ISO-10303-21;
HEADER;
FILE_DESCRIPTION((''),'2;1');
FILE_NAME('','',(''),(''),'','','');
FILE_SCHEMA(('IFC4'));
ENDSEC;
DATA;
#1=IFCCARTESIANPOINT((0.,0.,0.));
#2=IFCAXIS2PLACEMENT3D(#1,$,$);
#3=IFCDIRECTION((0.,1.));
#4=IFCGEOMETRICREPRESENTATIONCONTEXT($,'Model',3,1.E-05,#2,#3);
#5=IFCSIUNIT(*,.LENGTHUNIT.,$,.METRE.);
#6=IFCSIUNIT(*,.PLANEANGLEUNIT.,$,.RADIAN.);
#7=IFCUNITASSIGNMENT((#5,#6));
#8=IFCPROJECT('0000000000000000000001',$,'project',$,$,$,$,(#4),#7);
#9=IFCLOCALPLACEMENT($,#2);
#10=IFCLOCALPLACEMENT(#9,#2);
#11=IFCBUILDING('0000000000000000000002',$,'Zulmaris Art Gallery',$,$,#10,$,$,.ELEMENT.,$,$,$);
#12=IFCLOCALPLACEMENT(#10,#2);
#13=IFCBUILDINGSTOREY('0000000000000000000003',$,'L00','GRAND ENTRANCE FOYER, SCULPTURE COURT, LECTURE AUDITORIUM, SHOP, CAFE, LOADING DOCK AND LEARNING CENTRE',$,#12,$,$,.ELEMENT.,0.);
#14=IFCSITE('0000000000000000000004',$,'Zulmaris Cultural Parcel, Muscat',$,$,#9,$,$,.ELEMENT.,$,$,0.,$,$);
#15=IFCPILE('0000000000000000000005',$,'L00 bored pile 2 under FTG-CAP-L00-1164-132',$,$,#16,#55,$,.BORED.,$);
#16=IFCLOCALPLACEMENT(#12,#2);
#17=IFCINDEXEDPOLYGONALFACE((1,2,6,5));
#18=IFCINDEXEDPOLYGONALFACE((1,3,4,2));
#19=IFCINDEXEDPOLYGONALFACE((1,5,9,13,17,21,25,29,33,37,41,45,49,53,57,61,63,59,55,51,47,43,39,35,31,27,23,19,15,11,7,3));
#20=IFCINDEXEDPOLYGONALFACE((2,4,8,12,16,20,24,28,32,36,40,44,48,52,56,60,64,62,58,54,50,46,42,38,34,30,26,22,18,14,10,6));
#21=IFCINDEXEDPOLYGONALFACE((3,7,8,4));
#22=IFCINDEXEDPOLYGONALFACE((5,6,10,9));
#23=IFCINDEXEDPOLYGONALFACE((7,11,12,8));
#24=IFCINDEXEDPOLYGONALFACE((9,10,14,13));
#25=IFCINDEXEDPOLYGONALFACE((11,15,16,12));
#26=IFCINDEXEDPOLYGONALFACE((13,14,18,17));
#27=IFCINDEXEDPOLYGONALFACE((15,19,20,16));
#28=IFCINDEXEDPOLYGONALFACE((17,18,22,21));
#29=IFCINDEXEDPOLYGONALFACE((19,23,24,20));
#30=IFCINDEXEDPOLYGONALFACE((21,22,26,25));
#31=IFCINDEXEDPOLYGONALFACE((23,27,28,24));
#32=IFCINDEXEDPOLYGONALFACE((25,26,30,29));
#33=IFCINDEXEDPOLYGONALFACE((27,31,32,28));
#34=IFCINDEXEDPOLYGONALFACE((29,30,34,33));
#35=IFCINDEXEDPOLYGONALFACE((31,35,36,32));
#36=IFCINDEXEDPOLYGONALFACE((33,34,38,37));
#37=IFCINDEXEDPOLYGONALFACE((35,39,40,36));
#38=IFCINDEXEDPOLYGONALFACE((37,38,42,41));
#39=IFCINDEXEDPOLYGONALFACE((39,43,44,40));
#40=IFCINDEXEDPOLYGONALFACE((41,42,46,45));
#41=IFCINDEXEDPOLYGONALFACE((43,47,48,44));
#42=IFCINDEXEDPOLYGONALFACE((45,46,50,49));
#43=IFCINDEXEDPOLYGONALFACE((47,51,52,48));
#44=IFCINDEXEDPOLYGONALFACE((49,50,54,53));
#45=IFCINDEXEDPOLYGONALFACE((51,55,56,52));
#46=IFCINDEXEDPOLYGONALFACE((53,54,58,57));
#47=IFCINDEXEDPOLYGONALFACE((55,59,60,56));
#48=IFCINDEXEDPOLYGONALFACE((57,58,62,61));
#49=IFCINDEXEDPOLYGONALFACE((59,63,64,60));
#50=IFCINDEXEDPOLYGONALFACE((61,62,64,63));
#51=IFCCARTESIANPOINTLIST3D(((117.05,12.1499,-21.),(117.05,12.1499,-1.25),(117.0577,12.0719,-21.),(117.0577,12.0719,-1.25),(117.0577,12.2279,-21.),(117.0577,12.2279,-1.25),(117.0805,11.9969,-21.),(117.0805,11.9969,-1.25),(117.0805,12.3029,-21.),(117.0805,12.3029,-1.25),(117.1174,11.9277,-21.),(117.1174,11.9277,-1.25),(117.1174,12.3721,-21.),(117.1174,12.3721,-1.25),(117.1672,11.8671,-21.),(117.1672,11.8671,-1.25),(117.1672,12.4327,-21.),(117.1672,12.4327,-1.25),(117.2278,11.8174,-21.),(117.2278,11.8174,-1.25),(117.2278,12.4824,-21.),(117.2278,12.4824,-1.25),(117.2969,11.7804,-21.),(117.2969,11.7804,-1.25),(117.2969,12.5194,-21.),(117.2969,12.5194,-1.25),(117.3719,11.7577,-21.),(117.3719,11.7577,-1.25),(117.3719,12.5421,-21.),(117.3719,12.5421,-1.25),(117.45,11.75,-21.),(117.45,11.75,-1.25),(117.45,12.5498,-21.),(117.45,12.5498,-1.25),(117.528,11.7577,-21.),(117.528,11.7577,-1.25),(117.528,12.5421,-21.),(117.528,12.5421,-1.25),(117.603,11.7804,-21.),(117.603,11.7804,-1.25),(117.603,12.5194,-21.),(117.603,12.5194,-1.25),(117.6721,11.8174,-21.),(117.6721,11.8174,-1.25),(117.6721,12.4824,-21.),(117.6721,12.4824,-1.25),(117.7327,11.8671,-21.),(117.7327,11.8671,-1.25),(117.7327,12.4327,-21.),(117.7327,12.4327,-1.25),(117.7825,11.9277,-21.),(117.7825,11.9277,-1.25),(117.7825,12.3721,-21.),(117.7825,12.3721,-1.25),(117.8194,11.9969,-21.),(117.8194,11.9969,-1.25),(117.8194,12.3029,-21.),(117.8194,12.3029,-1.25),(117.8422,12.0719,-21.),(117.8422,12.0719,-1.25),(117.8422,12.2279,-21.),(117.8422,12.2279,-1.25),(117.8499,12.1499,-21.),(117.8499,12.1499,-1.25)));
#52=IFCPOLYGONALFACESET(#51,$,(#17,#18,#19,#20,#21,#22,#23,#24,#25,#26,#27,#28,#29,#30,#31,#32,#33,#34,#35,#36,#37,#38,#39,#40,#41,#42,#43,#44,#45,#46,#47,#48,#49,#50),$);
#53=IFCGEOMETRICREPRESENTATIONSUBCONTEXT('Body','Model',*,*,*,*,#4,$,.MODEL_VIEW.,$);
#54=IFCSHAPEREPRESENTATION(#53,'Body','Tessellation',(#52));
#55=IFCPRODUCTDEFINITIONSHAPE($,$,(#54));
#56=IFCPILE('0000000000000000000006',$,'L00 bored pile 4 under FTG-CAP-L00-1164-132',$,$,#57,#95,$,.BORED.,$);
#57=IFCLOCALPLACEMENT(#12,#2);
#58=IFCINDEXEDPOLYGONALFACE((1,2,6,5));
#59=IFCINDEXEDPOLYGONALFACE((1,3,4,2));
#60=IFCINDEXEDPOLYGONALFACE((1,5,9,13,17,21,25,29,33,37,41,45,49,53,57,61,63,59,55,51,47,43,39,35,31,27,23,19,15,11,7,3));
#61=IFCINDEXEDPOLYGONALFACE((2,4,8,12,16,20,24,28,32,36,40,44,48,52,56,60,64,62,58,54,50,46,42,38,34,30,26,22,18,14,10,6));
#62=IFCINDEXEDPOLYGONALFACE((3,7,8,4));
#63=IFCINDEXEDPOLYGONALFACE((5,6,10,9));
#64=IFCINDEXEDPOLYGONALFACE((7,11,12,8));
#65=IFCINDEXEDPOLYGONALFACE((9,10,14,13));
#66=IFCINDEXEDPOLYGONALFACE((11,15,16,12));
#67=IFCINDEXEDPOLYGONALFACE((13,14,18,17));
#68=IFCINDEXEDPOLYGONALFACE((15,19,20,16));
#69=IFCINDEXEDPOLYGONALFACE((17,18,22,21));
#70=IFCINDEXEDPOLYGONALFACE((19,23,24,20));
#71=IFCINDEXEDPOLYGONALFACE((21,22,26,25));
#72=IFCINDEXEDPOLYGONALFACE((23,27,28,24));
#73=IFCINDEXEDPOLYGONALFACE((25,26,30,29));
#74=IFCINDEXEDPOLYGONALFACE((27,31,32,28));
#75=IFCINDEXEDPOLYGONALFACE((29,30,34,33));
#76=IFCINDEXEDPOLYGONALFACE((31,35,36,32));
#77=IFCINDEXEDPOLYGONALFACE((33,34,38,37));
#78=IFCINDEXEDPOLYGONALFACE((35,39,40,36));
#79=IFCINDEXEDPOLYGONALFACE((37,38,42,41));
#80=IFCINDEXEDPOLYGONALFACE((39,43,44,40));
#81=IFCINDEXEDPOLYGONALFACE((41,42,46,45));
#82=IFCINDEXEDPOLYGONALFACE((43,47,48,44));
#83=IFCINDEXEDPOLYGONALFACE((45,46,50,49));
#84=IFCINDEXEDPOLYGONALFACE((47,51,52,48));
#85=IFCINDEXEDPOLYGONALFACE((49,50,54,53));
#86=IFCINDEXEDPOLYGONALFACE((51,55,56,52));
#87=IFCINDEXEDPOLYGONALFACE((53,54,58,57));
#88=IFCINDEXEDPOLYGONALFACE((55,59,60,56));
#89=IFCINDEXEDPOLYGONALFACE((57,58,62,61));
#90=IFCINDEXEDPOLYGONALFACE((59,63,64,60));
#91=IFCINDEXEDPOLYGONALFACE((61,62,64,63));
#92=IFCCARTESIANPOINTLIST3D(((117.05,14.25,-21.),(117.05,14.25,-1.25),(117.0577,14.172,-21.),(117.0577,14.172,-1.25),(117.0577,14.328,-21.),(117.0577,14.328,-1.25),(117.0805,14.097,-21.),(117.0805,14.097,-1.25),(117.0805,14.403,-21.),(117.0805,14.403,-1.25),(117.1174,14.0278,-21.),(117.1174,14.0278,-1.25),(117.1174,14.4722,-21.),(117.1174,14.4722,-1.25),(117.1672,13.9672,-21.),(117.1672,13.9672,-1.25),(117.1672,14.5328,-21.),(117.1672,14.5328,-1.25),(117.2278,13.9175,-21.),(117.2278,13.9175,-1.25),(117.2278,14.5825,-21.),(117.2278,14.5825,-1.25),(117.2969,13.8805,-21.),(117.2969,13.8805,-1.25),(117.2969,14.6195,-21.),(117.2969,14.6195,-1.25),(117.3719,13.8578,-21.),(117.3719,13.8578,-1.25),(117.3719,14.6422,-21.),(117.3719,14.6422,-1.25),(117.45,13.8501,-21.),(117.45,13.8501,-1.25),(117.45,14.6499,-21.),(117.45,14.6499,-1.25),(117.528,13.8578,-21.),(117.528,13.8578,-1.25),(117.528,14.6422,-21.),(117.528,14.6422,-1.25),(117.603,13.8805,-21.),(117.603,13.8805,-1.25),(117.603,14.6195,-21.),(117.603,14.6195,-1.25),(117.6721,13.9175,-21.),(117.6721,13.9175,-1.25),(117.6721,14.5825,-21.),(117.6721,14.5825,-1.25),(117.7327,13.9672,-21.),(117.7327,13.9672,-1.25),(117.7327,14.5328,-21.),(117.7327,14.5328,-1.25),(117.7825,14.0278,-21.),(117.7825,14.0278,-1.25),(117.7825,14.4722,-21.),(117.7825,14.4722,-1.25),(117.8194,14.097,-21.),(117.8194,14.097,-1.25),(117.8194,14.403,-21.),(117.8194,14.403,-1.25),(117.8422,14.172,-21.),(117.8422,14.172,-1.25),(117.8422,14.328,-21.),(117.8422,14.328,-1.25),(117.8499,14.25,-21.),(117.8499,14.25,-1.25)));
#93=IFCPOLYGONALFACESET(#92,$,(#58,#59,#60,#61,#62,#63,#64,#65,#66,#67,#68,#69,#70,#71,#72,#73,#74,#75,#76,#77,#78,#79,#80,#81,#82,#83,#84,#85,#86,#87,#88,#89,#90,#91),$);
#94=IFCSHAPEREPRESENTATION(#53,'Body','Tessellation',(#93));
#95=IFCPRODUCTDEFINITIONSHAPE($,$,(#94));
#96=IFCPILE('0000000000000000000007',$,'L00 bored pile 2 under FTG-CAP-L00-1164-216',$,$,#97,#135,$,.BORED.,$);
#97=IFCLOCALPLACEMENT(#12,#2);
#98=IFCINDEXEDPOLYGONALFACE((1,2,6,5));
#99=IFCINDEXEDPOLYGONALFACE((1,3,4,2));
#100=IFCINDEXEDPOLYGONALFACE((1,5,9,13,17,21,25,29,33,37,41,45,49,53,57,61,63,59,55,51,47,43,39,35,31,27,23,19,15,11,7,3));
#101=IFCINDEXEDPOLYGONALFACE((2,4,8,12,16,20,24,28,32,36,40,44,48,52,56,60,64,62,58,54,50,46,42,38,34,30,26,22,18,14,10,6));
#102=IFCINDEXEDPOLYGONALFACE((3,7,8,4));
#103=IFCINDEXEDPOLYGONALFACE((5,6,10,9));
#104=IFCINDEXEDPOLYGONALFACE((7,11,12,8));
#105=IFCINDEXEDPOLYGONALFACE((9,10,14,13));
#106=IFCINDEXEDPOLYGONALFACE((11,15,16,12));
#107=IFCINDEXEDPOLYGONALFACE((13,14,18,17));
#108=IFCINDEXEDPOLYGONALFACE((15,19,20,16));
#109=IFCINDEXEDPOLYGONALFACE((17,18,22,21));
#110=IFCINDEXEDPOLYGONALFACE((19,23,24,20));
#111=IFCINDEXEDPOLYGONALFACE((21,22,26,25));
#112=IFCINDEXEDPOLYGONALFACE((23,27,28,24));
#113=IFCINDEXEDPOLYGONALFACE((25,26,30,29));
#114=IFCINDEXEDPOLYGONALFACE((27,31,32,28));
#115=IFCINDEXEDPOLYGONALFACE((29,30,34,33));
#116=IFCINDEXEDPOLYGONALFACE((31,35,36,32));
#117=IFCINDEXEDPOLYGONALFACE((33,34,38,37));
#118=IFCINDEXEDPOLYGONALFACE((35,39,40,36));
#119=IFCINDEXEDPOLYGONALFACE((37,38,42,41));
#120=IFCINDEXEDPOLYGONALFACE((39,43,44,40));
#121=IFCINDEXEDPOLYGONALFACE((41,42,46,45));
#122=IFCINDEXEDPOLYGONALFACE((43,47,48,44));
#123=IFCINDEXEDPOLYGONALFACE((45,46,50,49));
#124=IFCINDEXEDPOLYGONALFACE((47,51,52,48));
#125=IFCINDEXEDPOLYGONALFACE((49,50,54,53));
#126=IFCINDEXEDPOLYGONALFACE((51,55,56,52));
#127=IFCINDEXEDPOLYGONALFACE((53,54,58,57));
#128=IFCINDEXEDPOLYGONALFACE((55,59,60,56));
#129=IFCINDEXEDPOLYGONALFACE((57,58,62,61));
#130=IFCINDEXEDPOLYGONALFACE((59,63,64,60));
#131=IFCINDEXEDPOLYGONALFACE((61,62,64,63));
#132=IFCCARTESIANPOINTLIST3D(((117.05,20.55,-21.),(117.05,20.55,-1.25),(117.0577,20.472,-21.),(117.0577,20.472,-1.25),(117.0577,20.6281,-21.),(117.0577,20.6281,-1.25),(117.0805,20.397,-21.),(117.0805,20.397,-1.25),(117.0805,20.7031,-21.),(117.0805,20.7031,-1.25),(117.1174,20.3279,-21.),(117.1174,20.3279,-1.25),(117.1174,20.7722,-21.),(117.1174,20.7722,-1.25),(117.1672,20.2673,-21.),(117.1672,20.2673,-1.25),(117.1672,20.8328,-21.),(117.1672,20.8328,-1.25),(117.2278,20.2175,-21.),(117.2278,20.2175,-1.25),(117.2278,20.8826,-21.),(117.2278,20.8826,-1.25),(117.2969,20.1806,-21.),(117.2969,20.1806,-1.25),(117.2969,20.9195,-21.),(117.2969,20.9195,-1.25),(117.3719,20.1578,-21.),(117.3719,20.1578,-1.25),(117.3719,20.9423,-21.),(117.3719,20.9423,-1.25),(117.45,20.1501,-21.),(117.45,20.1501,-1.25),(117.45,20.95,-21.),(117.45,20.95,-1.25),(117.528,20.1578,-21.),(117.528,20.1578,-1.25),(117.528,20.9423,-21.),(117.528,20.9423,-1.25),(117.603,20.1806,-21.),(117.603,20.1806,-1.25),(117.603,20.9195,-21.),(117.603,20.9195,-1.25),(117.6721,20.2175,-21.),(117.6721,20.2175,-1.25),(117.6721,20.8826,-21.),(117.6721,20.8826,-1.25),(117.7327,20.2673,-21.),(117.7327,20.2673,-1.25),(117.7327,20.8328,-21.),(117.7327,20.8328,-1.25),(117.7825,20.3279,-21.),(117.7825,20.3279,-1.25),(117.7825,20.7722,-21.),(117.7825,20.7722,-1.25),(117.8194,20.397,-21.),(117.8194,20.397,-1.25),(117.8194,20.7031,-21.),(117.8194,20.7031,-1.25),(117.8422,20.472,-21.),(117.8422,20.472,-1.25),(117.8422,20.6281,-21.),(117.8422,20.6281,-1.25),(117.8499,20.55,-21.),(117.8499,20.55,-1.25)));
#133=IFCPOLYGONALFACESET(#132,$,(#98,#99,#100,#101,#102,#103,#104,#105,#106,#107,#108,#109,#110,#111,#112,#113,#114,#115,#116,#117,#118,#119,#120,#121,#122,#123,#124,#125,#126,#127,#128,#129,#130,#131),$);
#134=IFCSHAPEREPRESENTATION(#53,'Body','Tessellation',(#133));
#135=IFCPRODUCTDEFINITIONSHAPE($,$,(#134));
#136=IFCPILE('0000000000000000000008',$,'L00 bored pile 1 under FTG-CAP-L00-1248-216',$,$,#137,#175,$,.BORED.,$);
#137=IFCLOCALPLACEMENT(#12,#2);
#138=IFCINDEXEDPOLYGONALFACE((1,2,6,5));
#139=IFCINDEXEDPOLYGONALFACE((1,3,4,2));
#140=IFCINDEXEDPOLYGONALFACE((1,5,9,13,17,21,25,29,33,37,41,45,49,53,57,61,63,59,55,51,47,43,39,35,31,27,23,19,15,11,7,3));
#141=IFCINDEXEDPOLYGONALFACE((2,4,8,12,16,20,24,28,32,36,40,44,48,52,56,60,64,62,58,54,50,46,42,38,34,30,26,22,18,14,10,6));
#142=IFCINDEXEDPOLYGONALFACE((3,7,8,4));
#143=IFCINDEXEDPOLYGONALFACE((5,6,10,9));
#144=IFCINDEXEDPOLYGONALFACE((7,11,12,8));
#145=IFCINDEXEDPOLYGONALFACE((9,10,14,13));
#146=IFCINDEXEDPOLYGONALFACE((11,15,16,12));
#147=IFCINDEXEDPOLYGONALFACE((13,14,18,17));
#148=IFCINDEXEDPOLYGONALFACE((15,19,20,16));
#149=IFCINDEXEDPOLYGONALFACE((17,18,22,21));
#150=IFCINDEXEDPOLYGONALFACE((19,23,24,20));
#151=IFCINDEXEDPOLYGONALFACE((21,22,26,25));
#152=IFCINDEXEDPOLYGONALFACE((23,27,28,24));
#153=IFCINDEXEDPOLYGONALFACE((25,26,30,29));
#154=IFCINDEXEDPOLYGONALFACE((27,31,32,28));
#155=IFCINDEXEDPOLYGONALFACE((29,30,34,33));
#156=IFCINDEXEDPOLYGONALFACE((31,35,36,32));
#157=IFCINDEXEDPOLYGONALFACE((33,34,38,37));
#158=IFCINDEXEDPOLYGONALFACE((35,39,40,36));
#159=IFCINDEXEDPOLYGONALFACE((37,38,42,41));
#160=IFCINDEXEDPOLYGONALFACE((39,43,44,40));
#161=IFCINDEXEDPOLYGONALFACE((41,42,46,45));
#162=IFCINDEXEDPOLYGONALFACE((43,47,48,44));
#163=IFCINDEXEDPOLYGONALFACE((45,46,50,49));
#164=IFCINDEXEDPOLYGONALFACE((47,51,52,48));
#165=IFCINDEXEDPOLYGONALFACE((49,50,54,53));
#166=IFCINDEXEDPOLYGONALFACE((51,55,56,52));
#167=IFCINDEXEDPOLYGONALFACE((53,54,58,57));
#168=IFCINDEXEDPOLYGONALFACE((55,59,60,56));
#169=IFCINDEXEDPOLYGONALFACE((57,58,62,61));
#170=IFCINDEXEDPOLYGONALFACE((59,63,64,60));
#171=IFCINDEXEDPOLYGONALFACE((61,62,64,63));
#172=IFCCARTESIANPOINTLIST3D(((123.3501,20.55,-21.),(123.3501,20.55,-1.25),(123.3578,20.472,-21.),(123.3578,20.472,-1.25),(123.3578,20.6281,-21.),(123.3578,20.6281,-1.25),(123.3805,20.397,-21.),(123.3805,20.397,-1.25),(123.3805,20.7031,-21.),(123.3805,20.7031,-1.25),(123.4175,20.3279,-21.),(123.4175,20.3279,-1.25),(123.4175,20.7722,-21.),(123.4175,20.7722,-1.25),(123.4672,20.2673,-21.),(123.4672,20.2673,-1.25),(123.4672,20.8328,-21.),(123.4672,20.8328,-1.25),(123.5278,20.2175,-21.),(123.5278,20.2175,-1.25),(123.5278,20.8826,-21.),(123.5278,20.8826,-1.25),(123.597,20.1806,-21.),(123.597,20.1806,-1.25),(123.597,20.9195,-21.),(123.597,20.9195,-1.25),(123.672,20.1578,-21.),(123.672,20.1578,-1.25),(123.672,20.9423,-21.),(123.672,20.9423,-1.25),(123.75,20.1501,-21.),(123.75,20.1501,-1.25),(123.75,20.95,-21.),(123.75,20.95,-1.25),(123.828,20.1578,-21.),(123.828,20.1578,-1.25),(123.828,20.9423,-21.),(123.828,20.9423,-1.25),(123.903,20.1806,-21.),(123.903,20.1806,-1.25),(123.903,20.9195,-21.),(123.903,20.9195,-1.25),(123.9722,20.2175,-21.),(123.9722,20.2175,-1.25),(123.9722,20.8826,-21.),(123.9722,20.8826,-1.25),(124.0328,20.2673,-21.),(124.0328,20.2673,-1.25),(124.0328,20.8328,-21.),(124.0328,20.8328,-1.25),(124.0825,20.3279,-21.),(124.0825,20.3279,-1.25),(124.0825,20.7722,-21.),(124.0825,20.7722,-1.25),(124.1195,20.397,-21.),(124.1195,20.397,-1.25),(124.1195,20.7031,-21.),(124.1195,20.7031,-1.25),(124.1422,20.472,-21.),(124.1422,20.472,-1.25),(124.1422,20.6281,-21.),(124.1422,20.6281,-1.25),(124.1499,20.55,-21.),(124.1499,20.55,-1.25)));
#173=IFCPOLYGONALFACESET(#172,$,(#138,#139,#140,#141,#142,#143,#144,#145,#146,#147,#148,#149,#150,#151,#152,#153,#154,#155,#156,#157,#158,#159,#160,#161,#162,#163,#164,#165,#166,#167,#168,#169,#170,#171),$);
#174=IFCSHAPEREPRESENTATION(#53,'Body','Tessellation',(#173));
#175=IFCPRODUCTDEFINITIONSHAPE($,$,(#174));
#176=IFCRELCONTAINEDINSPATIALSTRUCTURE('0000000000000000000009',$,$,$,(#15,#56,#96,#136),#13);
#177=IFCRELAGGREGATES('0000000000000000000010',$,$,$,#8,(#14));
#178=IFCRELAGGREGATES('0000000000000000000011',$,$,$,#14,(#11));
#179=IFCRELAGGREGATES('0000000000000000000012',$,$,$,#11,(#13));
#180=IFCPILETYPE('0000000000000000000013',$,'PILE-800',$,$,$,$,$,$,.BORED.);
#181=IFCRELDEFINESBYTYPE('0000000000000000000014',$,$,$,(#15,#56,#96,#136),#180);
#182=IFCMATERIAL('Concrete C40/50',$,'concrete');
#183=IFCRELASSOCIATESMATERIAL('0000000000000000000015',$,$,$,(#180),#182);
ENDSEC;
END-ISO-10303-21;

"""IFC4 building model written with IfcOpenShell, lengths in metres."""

from ifc_helpers import new_model, si_unit, direction, frame, origin, origin_2d, place, context, subcontext, project, spatial, circle, extrude, material, material_profile, profile_set, type_object, element, save


model = new_model("IFC4")

# Units and contexts
model_context = context("Model", 3, precision=1e-05, world=origin(), true_north=direction((0.0, 1.0)))
body_context = subcontext(model_context, "Body", "Model", "MODEL_VIEW")
ifc_project = project(units=[si_unit("LENGTHUNIT", "METRE"), si_unit("PLANEANGLEUNIT", "RADIAN")], contexts=[model_context])

# Site, building, storey
site_placement = place(None, origin())
site = spatial("IfcSite", under=ifc_project, at=site_placement, Name="Zulmaris Cultural Parcel, Muscat", CompositionType="ELEMENT", RefElevation=0.0)
building_placement = place(site_placement, origin())
building = spatial("IfcBuilding", under=site, at=building_placement, Name="Zulmaris Art Gallery", CompositionType="ELEMENT")
storey_placement = place(building_placement, origin())
storey = spatial("IfcBuildingStorey", under=building, at=storey_placement, Name="L00", Description="GRAND ENTRANCE FOYER, SCULPTURE COURT, LECTURE AUDITORIUM, SHOP, CAFE, LOADING DOCK AND LEARNING CENTRE", CompositionType="ELEMENT", Elevation=0.0)

# Piles
ifc_material_1 = material(Name="Concrete C40/50", Category="concrete")
ifc_material_profile_1 = material_profile(ifc_material_1, circle(Radius=0.3999, at=origin_2d()), Name="PILE DIA 800")
ifc_profile_set_1 = profile_set([ifc_material_profile_1], Name="Concrete C40/50")
pile_type_1 = type_object("IfcPileType", Name="PILE-800", PredefinedType="BORED", material=ifc_profile_set_1)
for number, where, z_axis, x_axis, name in (
    (1, (117.45, 12.1499, -1.25), (0.0, 0.0, -1.0), (1.0, 0.0, 0.0), "L00 bored pile 2 under FTG-CAP-L00-1164-132"),
    (2, (117.45, 14.25, -1.25), (0.0, 0.0, -1.0), (1.0, 0.0, 0.0), "L00 bored pile 4 under FTG-CAP-L00-1164-132"),
    (3, (117.45, 20.55, -1.25), (0.0, 0.0, -1.0), (1.0, 0.0, 0.0), "L00 bored pile 2 under FTG-CAP-L00-1164-216"),
    (4, (123.75, 20.55, -1.25), (0.0, 0.0, -1.0), (1.0, 0.0, 0.0), "L00 bored pile 1 under FTG-CAP-L00-1248-216"),
):
    element("IfcPile", number, at=place(storey_placement, frame(where, z_axis=z_axis, x_axis=x_axis)), inside=storey, type_object=pile_type_1, Name=name, PredefinedType="BORED", context=body_context, shape_type="SweptSolid", body=[
        extrude(circle(Radius=0.3999, at=origin_2d()), origin(), (0.0, 0.0, 1.0), 19.75),
    ])

save(model, "model.ifc")
